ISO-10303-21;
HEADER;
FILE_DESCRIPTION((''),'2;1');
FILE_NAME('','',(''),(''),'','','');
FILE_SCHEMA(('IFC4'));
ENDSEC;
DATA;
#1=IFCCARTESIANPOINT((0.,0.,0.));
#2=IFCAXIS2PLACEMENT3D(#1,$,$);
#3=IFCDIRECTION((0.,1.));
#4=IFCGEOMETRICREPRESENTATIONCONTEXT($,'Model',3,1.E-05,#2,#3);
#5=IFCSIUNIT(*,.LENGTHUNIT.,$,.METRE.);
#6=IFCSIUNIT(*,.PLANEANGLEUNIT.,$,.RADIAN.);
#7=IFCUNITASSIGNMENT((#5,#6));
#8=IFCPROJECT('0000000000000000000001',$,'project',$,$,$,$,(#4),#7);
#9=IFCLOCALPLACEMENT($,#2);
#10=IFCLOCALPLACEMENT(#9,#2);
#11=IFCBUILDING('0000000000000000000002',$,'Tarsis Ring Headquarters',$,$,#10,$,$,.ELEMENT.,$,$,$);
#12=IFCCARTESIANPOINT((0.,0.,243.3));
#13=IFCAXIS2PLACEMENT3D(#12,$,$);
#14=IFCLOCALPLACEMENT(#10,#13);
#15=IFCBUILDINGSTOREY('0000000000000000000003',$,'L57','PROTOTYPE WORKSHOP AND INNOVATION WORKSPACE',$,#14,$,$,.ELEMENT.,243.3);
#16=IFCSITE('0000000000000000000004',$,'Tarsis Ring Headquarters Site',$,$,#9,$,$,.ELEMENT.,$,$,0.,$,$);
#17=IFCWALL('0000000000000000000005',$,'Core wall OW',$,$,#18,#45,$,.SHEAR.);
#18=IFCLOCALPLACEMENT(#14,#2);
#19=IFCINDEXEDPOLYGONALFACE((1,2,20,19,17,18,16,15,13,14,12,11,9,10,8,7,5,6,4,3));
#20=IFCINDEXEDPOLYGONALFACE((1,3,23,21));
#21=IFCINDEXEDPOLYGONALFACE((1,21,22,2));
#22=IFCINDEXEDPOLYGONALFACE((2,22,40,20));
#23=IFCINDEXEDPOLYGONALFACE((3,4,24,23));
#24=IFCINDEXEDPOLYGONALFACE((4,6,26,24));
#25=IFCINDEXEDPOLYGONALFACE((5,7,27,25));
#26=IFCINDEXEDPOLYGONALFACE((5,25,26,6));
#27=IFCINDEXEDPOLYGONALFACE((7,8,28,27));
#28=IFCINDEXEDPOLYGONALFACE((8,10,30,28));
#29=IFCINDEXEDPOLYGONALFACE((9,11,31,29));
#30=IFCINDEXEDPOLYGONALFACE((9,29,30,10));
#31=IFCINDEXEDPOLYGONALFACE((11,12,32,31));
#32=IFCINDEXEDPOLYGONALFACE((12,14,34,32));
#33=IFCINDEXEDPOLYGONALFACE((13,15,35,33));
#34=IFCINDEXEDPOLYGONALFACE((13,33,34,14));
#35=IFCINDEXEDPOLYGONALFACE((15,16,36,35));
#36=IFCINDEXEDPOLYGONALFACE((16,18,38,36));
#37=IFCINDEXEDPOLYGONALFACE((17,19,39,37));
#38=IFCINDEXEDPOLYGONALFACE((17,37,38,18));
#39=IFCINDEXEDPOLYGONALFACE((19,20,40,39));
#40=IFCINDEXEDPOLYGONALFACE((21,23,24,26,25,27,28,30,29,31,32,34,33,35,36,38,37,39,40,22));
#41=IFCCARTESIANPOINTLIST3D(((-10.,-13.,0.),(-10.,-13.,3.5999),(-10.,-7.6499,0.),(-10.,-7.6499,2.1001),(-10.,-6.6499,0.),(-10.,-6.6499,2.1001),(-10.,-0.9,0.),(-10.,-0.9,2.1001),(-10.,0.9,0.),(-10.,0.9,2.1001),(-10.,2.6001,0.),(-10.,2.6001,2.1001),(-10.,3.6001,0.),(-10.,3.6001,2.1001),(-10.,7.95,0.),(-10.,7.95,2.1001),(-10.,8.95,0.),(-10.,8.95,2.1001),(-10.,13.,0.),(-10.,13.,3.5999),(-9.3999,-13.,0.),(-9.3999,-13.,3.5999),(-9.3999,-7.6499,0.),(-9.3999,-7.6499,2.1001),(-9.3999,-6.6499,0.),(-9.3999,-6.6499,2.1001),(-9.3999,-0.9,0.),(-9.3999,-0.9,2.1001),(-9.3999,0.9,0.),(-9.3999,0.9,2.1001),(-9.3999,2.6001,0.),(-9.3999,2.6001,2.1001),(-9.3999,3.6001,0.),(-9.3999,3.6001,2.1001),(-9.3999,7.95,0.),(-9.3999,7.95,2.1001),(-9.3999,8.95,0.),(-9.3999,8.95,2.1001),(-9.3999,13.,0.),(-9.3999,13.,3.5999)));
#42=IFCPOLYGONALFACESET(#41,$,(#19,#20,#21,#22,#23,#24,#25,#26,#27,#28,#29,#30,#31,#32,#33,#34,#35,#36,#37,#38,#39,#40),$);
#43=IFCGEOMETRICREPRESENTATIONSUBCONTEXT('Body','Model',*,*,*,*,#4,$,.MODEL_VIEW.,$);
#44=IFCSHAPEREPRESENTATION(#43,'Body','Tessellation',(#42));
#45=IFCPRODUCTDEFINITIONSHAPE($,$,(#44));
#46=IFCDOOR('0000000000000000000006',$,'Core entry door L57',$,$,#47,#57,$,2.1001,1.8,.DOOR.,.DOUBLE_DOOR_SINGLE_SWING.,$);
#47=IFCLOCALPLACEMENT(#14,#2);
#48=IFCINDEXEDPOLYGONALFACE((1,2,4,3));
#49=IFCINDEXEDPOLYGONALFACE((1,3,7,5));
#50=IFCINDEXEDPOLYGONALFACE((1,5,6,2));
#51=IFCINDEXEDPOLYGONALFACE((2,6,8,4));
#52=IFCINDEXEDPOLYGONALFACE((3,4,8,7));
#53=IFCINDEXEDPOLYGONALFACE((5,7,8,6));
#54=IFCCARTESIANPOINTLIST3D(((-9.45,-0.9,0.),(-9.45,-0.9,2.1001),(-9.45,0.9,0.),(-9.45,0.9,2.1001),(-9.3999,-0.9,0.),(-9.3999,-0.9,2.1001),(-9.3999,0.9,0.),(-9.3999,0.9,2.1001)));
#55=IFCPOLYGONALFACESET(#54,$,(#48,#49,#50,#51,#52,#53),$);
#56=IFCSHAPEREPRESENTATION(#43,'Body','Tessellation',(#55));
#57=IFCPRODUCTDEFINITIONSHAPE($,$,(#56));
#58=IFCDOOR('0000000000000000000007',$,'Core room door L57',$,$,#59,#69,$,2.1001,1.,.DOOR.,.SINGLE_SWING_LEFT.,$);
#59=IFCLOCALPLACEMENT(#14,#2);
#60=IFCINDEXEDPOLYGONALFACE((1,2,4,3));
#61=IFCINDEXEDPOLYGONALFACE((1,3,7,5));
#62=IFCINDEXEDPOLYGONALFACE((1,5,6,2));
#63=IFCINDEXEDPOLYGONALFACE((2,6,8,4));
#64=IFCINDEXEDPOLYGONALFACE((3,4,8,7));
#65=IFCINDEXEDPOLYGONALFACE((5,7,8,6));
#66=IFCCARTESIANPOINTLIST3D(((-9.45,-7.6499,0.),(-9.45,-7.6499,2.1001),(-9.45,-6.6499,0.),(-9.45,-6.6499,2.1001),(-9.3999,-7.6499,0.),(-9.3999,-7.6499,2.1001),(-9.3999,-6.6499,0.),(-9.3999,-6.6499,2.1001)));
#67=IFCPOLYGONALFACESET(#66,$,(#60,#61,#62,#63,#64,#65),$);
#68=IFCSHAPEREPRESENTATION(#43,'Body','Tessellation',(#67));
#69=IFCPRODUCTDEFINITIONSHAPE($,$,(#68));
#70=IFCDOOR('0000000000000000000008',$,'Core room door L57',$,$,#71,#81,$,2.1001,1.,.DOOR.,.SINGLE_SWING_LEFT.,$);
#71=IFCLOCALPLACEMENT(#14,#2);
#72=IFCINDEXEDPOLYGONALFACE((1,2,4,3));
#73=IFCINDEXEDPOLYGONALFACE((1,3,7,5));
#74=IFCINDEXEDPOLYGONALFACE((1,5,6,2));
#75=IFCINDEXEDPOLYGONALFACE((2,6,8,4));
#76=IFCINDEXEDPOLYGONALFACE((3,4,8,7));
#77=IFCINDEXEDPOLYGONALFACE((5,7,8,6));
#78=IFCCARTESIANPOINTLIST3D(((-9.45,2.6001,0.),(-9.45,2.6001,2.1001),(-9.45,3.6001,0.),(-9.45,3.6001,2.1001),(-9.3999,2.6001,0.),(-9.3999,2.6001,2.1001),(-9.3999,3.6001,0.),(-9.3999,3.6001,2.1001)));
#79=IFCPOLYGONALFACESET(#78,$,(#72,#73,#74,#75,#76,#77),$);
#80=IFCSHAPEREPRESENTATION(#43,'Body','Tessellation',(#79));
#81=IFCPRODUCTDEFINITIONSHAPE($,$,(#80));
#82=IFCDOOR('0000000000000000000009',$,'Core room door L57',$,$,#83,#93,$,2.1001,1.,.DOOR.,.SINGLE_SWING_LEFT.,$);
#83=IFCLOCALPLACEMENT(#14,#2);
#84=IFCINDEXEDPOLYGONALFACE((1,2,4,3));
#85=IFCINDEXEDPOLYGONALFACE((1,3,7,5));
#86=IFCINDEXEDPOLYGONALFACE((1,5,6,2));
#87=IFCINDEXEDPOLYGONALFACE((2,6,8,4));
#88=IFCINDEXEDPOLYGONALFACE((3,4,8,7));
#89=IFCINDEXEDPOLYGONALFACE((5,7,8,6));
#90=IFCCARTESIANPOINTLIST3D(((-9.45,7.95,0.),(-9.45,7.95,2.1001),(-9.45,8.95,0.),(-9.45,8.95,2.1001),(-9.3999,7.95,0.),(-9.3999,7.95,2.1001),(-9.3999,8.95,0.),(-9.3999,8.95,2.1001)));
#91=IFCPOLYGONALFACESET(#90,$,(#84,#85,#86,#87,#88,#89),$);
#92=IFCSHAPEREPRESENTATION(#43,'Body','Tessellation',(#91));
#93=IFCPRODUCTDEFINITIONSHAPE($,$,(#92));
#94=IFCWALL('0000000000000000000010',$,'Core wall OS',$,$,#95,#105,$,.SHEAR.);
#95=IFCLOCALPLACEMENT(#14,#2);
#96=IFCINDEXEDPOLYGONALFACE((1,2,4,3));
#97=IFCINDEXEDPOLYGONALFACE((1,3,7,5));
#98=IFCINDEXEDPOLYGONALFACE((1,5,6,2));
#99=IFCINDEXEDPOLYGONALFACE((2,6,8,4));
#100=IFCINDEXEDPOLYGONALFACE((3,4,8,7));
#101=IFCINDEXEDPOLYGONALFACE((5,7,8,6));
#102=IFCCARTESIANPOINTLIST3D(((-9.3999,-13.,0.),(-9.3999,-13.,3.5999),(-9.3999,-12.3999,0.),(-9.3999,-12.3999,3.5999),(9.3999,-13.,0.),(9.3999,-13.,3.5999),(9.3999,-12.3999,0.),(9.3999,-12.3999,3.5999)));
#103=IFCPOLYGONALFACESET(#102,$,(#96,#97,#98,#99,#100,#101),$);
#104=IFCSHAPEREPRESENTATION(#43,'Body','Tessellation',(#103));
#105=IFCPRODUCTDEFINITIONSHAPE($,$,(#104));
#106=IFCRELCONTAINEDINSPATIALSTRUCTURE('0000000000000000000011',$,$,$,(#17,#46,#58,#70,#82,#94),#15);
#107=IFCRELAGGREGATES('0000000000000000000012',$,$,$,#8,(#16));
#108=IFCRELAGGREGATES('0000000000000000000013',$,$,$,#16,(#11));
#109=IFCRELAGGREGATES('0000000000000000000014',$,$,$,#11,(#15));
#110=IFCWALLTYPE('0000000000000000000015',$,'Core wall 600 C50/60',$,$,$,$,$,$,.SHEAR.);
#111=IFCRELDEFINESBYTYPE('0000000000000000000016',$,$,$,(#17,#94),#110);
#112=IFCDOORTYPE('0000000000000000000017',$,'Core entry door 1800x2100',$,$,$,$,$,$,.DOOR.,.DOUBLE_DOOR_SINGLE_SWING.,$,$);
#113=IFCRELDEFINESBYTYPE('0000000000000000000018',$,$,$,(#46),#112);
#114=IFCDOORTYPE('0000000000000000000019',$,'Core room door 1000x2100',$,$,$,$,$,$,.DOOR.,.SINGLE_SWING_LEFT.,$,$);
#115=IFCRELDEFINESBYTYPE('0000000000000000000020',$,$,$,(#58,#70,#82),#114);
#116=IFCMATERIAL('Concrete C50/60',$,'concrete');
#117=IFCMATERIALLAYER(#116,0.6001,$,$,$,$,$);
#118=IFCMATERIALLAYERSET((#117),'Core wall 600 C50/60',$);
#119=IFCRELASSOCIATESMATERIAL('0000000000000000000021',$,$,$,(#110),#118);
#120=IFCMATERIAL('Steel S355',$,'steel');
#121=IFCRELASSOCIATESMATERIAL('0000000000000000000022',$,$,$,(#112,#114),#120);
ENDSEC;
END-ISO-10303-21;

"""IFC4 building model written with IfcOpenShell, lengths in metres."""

from ifc_helpers import new_model, si_unit, direction, frame, frame_2d, origin, place, context, subcontext, project, spatial, rectangle, extrude, material, layer, layer_set, type_object, element, fill, save


model = new_model("IFC4")

# Units and contexts
model_context = context("Model", 3, precision=1e-05, world=origin(), true_north=direction((0.0, 1.0)))
body_context = subcontext(model_context, "Body", "Model", "MODEL_VIEW")
ifc_project = project(units=[si_unit("LENGTHUNIT", "METRE"), si_unit("PLANEANGLEUNIT", "RADIAN")], contexts=[model_context])

# Site, building, storey
site_placement = place(None, origin())
site = spatial("IfcSite", under=ifc_project, at=site_placement, Name="Tarsis Ring Headquarters Site", CompositionType="ELEMENT", RefElevation=0.0)
building_placement = place(site_placement, origin())
building = spatial("IfcBuilding", under=site, at=building_placement, Name="Tarsis Ring Headquarters", CompositionType="ELEMENT")
storey_placement = place(building_placement, frame((0.0, 0.0, 243.3)))
storey = spatial("IfcBuildingStorey", under=building, at=storey_placement, Name="L57", Description="PROTOTYPE WORKSHOP AND INNOVATION WORKSPACE", CompositionType="ELEMENT", Elevation=243.3)

# Wall, openings, doors
ifc_material_1 = material(Name="Concrete C50/60", Category="concrete")
ifc_layer_1 = layer(ifc_material_1, 0.6001)
ifc_layer_set_1 = layer_set([ifc_layer_1], Name="Core wall 600 C50/60")
wall_type_1 = type_object("IfcWallType", Name="Core wall 600 C50/60", PredefinedType="SHEAR", material=ifc_layer_set_1)
wall_1_placement = place(storey_placement, frame((-9.7, -13.0, 0.0), z_axis=(0.0, 0.0, 1.0), x_axis=(0.0, 1.0, 0.0)))
wall_1 = element("IfcWall", 1, at=wall_1_placement, inside=storey, type_object=wall_type_1, Name="Core wall OW", PredefinedType="SHEAR", context=body_context, shape_type="SweptSolid", body=[
    extrude(rectangle(XDim=26.0, YDim=0.6001, at=frame_2d((13.0, 0.0))), origin(), (0.0, 0.0, 1.0), 3.5999),
])
opening_1_placement = place(wall_1_placement, frame((5.3501, 0.0, 0.0)))
opening_1 = element("IfcOpeningElement", 2, at=opening_1_placement, cuts=wall_1, PredefinedType="OPENING", context=body_context, shape_type="SweptSolid", body=[
    extrude(rectangle(XDim=1.0, YDim=2.1001, at=frame_2d((0.5, 1.05))), frame((0.0, 0.3101, 0.0), z_axis=(0.0, -1.0, 0.0), x_axis=(1.0, 0.0, 0.0)), (0.0, 0.0, 1.0), 0.6201),
])
opening_2_placement = place(wall_1_placement, frame((12.1001, 0.0, 0.0)))
opening_2 = element("IfcOpeningElement", 3, at=opening_2_placement, cuts=wall_1, PredefinedType="OPENING", context=body_context, shape_type="SweptSolid", body=[
    extrude(rectangle(XDim=1.8, YDim=2.1001, at=frame_2d((0.8999, 1.05))), frame((0.0, 0.3101, 0.0), z_axis=(0.0, -1.0, 0.0), x_axis=(1.0, 0.0, 0.0)), (0.0, 0.0, 1.0), 0.6201),
])
opening_3_placement = place(wall_1_placement, frame((15.6001, 0.0, 0.0)))
opening_3 = element("IfcOpeningElement", 4, at=opening_3_placement, cuts=wall_1, PredefinedType="OPENING", context=body_context, shape_type="SweptSolid", body=[
    extrude(rectangle(XDim=1.0, YDim=2.1001, at=frame_2d((0.5, 1.05))), frame((0.0, 0.3101, 0.0), z_axis=(0.0, -1.0, 0.0), x_axis=(1.0, 0.0, 0.0)), (0.0, 0.0, 1.0), 0.6201),
])
opening_4_placement = place(wall_1_placement, frame((20.95, 0.0, 0.0)))
opening_4 = element("IfcOpeningElement", 5, at=opening_4_placement, cuts=wall_1, PredefinedType="OPENING", context=body_context, shape_type="SweptSolid", body=[
    extrude(rectangle(XDim=1.0, YDim=2.1001, at=frame_2d((0.5, 1.05))), frame((0.0, 0.3101, 0.0), z_axis=(0.0, -1.0, 0.0), x_axis=(1.0, 0.0, 0.0)), (0.0, 0.0, 1.0), 0.6201),
])
ifc_material_2 = material(Name="Steel S355", Category="steel")
door_type_1 = type_object("IfcDoorType", Name="Core entry door 1800x2100", OperationType="DOUBLE_DOOR_SINGLE_SWING", PredefinedType="DOOR", material=ifc_material_2)
door_1_placement = place(opening_2_placement, origin())
door_1 = element("IfcDoor", 6, at=door_1_placement, inside=storey, type_object=door_type_1, Name="Core entry door L57", OperationType="DOUBLE_DOOR_SINGLE_SWING", OverallHeight=2.1001, OverallWidth=1.8, PredefinedType="DOOR", context=body_context, shape_type="SweptSolid", body=[
    extrude(rectangle(XDim=1.8, YDim=2.1001, at=frame_2d((0.8999, 1.05))), frame((0.0, -0.25, 0.0), z_axis=(0.0, -1.0, 0.0), x_axis=(1.0, 0.0, 0.0)), (0.0, 0.0, 1.0), 0.05),
])
fill(opening_2, door_1)
door_type_2 = type_object("IfcDoorType", Name="Core room door 1000x2100", OperationType="SINGLE_SWING_LEFT", PredefinedType="DOOR", material=ifc_material_2)
door_2_placement = place(opening_1_placement, origin())
door_2 = element("IfcDoor", 7, at=door_2_placement, inside=storey, type_object=door_type_2, Name="Core room door L57", OperationType="SINGLE_SWING_LEFT", OverallHeight=2.1001, OverallWidth=1.0, PredefinedType="DOOR", context=body_context, shape_type="SweptSolid", body=[
    extrude(rectangle(XDim=1.0, YDim=2.1001, at=frame_2d((0.5, 1.05))), frame((0.0, -0.25, 0.0), z_axis=(0.0, -1.0, 0.0), x_axis=(1.0, 0.0, 0.0)), (0.0, 0.0, 1.0), 0.05),
])
fill(opening_1, door_2)
door_3_placement = place(opening_3_placement, origin())
door_3 = element("IfcDoor", 8, at=door_3_placement, inside=storey, type_object=door_type_2, Name="Core room door L57", OperationType="SINGLE_SWING_LEFT", OverallHeight=2.1001, OverallWidth=1.0, PredefinedType="DOOR", context=body_context, shape_type="SweptSolid", body=[
    extrude(rectangle(XDim=1.0, YDim=2.1001, at=frame_2d((0.5, 1.05))), frame((0.0, -0.25, 0.0), z_axis=(0.0, -1.0, 0.0), x_axis=(1.0, 0.0, 0.0)), (0.0, 0.0, 1.0), 0.05),
])
fill(opening_3, door_3)
door_4_placement = place(opening_4_placement, origin())
door_4 = element("IfcDoor", 9, at=door_4_placement, inside=storey, type_object=door_type_2, Name="Core room door L57", OperationType="SINGLE_SWING_LEFT", OverallHeight=2.1001, OverallWidth=1.0, PredefinedType="DOOR", context=body_context, shape_type="SweptSolid", body=[
    extrude(rectangle(XDim=1.0, YDim=2.1001, at=frame_2d((0.5, 1.05))), frame((0.0, -0.25, 0.0), z_axis=(0.0, -1.0, 0.0), x_axis=(1.0, 0.0, 0.0)), (0.0, 0.0, 1.0), 0.05),
])
fill(opening_4, door_4)

# Wall
wall_2_placement = place(storey_placement, frame((-9.3999, -12.7, 0.0), z_axis=(0.0, 0.0, 1.0), x_axis=(1.0, 0.0, 0.0)))
element("IfcWall", 10, at=wall_2_placement, inside=storey, type_object=wall_type_1, Name="Core wall OS", PredefinedType="SHEAR", context=body_context, shape_type="SweptSolid", body=[
    extrude(rectangle(XDim=18.7998, YDim=0.6001, at=frame_2d((9.3999, 0.0))), origin(), (0.0, 0.0, 1.0), 3.5999),
])

save(model, "model.ifc")
